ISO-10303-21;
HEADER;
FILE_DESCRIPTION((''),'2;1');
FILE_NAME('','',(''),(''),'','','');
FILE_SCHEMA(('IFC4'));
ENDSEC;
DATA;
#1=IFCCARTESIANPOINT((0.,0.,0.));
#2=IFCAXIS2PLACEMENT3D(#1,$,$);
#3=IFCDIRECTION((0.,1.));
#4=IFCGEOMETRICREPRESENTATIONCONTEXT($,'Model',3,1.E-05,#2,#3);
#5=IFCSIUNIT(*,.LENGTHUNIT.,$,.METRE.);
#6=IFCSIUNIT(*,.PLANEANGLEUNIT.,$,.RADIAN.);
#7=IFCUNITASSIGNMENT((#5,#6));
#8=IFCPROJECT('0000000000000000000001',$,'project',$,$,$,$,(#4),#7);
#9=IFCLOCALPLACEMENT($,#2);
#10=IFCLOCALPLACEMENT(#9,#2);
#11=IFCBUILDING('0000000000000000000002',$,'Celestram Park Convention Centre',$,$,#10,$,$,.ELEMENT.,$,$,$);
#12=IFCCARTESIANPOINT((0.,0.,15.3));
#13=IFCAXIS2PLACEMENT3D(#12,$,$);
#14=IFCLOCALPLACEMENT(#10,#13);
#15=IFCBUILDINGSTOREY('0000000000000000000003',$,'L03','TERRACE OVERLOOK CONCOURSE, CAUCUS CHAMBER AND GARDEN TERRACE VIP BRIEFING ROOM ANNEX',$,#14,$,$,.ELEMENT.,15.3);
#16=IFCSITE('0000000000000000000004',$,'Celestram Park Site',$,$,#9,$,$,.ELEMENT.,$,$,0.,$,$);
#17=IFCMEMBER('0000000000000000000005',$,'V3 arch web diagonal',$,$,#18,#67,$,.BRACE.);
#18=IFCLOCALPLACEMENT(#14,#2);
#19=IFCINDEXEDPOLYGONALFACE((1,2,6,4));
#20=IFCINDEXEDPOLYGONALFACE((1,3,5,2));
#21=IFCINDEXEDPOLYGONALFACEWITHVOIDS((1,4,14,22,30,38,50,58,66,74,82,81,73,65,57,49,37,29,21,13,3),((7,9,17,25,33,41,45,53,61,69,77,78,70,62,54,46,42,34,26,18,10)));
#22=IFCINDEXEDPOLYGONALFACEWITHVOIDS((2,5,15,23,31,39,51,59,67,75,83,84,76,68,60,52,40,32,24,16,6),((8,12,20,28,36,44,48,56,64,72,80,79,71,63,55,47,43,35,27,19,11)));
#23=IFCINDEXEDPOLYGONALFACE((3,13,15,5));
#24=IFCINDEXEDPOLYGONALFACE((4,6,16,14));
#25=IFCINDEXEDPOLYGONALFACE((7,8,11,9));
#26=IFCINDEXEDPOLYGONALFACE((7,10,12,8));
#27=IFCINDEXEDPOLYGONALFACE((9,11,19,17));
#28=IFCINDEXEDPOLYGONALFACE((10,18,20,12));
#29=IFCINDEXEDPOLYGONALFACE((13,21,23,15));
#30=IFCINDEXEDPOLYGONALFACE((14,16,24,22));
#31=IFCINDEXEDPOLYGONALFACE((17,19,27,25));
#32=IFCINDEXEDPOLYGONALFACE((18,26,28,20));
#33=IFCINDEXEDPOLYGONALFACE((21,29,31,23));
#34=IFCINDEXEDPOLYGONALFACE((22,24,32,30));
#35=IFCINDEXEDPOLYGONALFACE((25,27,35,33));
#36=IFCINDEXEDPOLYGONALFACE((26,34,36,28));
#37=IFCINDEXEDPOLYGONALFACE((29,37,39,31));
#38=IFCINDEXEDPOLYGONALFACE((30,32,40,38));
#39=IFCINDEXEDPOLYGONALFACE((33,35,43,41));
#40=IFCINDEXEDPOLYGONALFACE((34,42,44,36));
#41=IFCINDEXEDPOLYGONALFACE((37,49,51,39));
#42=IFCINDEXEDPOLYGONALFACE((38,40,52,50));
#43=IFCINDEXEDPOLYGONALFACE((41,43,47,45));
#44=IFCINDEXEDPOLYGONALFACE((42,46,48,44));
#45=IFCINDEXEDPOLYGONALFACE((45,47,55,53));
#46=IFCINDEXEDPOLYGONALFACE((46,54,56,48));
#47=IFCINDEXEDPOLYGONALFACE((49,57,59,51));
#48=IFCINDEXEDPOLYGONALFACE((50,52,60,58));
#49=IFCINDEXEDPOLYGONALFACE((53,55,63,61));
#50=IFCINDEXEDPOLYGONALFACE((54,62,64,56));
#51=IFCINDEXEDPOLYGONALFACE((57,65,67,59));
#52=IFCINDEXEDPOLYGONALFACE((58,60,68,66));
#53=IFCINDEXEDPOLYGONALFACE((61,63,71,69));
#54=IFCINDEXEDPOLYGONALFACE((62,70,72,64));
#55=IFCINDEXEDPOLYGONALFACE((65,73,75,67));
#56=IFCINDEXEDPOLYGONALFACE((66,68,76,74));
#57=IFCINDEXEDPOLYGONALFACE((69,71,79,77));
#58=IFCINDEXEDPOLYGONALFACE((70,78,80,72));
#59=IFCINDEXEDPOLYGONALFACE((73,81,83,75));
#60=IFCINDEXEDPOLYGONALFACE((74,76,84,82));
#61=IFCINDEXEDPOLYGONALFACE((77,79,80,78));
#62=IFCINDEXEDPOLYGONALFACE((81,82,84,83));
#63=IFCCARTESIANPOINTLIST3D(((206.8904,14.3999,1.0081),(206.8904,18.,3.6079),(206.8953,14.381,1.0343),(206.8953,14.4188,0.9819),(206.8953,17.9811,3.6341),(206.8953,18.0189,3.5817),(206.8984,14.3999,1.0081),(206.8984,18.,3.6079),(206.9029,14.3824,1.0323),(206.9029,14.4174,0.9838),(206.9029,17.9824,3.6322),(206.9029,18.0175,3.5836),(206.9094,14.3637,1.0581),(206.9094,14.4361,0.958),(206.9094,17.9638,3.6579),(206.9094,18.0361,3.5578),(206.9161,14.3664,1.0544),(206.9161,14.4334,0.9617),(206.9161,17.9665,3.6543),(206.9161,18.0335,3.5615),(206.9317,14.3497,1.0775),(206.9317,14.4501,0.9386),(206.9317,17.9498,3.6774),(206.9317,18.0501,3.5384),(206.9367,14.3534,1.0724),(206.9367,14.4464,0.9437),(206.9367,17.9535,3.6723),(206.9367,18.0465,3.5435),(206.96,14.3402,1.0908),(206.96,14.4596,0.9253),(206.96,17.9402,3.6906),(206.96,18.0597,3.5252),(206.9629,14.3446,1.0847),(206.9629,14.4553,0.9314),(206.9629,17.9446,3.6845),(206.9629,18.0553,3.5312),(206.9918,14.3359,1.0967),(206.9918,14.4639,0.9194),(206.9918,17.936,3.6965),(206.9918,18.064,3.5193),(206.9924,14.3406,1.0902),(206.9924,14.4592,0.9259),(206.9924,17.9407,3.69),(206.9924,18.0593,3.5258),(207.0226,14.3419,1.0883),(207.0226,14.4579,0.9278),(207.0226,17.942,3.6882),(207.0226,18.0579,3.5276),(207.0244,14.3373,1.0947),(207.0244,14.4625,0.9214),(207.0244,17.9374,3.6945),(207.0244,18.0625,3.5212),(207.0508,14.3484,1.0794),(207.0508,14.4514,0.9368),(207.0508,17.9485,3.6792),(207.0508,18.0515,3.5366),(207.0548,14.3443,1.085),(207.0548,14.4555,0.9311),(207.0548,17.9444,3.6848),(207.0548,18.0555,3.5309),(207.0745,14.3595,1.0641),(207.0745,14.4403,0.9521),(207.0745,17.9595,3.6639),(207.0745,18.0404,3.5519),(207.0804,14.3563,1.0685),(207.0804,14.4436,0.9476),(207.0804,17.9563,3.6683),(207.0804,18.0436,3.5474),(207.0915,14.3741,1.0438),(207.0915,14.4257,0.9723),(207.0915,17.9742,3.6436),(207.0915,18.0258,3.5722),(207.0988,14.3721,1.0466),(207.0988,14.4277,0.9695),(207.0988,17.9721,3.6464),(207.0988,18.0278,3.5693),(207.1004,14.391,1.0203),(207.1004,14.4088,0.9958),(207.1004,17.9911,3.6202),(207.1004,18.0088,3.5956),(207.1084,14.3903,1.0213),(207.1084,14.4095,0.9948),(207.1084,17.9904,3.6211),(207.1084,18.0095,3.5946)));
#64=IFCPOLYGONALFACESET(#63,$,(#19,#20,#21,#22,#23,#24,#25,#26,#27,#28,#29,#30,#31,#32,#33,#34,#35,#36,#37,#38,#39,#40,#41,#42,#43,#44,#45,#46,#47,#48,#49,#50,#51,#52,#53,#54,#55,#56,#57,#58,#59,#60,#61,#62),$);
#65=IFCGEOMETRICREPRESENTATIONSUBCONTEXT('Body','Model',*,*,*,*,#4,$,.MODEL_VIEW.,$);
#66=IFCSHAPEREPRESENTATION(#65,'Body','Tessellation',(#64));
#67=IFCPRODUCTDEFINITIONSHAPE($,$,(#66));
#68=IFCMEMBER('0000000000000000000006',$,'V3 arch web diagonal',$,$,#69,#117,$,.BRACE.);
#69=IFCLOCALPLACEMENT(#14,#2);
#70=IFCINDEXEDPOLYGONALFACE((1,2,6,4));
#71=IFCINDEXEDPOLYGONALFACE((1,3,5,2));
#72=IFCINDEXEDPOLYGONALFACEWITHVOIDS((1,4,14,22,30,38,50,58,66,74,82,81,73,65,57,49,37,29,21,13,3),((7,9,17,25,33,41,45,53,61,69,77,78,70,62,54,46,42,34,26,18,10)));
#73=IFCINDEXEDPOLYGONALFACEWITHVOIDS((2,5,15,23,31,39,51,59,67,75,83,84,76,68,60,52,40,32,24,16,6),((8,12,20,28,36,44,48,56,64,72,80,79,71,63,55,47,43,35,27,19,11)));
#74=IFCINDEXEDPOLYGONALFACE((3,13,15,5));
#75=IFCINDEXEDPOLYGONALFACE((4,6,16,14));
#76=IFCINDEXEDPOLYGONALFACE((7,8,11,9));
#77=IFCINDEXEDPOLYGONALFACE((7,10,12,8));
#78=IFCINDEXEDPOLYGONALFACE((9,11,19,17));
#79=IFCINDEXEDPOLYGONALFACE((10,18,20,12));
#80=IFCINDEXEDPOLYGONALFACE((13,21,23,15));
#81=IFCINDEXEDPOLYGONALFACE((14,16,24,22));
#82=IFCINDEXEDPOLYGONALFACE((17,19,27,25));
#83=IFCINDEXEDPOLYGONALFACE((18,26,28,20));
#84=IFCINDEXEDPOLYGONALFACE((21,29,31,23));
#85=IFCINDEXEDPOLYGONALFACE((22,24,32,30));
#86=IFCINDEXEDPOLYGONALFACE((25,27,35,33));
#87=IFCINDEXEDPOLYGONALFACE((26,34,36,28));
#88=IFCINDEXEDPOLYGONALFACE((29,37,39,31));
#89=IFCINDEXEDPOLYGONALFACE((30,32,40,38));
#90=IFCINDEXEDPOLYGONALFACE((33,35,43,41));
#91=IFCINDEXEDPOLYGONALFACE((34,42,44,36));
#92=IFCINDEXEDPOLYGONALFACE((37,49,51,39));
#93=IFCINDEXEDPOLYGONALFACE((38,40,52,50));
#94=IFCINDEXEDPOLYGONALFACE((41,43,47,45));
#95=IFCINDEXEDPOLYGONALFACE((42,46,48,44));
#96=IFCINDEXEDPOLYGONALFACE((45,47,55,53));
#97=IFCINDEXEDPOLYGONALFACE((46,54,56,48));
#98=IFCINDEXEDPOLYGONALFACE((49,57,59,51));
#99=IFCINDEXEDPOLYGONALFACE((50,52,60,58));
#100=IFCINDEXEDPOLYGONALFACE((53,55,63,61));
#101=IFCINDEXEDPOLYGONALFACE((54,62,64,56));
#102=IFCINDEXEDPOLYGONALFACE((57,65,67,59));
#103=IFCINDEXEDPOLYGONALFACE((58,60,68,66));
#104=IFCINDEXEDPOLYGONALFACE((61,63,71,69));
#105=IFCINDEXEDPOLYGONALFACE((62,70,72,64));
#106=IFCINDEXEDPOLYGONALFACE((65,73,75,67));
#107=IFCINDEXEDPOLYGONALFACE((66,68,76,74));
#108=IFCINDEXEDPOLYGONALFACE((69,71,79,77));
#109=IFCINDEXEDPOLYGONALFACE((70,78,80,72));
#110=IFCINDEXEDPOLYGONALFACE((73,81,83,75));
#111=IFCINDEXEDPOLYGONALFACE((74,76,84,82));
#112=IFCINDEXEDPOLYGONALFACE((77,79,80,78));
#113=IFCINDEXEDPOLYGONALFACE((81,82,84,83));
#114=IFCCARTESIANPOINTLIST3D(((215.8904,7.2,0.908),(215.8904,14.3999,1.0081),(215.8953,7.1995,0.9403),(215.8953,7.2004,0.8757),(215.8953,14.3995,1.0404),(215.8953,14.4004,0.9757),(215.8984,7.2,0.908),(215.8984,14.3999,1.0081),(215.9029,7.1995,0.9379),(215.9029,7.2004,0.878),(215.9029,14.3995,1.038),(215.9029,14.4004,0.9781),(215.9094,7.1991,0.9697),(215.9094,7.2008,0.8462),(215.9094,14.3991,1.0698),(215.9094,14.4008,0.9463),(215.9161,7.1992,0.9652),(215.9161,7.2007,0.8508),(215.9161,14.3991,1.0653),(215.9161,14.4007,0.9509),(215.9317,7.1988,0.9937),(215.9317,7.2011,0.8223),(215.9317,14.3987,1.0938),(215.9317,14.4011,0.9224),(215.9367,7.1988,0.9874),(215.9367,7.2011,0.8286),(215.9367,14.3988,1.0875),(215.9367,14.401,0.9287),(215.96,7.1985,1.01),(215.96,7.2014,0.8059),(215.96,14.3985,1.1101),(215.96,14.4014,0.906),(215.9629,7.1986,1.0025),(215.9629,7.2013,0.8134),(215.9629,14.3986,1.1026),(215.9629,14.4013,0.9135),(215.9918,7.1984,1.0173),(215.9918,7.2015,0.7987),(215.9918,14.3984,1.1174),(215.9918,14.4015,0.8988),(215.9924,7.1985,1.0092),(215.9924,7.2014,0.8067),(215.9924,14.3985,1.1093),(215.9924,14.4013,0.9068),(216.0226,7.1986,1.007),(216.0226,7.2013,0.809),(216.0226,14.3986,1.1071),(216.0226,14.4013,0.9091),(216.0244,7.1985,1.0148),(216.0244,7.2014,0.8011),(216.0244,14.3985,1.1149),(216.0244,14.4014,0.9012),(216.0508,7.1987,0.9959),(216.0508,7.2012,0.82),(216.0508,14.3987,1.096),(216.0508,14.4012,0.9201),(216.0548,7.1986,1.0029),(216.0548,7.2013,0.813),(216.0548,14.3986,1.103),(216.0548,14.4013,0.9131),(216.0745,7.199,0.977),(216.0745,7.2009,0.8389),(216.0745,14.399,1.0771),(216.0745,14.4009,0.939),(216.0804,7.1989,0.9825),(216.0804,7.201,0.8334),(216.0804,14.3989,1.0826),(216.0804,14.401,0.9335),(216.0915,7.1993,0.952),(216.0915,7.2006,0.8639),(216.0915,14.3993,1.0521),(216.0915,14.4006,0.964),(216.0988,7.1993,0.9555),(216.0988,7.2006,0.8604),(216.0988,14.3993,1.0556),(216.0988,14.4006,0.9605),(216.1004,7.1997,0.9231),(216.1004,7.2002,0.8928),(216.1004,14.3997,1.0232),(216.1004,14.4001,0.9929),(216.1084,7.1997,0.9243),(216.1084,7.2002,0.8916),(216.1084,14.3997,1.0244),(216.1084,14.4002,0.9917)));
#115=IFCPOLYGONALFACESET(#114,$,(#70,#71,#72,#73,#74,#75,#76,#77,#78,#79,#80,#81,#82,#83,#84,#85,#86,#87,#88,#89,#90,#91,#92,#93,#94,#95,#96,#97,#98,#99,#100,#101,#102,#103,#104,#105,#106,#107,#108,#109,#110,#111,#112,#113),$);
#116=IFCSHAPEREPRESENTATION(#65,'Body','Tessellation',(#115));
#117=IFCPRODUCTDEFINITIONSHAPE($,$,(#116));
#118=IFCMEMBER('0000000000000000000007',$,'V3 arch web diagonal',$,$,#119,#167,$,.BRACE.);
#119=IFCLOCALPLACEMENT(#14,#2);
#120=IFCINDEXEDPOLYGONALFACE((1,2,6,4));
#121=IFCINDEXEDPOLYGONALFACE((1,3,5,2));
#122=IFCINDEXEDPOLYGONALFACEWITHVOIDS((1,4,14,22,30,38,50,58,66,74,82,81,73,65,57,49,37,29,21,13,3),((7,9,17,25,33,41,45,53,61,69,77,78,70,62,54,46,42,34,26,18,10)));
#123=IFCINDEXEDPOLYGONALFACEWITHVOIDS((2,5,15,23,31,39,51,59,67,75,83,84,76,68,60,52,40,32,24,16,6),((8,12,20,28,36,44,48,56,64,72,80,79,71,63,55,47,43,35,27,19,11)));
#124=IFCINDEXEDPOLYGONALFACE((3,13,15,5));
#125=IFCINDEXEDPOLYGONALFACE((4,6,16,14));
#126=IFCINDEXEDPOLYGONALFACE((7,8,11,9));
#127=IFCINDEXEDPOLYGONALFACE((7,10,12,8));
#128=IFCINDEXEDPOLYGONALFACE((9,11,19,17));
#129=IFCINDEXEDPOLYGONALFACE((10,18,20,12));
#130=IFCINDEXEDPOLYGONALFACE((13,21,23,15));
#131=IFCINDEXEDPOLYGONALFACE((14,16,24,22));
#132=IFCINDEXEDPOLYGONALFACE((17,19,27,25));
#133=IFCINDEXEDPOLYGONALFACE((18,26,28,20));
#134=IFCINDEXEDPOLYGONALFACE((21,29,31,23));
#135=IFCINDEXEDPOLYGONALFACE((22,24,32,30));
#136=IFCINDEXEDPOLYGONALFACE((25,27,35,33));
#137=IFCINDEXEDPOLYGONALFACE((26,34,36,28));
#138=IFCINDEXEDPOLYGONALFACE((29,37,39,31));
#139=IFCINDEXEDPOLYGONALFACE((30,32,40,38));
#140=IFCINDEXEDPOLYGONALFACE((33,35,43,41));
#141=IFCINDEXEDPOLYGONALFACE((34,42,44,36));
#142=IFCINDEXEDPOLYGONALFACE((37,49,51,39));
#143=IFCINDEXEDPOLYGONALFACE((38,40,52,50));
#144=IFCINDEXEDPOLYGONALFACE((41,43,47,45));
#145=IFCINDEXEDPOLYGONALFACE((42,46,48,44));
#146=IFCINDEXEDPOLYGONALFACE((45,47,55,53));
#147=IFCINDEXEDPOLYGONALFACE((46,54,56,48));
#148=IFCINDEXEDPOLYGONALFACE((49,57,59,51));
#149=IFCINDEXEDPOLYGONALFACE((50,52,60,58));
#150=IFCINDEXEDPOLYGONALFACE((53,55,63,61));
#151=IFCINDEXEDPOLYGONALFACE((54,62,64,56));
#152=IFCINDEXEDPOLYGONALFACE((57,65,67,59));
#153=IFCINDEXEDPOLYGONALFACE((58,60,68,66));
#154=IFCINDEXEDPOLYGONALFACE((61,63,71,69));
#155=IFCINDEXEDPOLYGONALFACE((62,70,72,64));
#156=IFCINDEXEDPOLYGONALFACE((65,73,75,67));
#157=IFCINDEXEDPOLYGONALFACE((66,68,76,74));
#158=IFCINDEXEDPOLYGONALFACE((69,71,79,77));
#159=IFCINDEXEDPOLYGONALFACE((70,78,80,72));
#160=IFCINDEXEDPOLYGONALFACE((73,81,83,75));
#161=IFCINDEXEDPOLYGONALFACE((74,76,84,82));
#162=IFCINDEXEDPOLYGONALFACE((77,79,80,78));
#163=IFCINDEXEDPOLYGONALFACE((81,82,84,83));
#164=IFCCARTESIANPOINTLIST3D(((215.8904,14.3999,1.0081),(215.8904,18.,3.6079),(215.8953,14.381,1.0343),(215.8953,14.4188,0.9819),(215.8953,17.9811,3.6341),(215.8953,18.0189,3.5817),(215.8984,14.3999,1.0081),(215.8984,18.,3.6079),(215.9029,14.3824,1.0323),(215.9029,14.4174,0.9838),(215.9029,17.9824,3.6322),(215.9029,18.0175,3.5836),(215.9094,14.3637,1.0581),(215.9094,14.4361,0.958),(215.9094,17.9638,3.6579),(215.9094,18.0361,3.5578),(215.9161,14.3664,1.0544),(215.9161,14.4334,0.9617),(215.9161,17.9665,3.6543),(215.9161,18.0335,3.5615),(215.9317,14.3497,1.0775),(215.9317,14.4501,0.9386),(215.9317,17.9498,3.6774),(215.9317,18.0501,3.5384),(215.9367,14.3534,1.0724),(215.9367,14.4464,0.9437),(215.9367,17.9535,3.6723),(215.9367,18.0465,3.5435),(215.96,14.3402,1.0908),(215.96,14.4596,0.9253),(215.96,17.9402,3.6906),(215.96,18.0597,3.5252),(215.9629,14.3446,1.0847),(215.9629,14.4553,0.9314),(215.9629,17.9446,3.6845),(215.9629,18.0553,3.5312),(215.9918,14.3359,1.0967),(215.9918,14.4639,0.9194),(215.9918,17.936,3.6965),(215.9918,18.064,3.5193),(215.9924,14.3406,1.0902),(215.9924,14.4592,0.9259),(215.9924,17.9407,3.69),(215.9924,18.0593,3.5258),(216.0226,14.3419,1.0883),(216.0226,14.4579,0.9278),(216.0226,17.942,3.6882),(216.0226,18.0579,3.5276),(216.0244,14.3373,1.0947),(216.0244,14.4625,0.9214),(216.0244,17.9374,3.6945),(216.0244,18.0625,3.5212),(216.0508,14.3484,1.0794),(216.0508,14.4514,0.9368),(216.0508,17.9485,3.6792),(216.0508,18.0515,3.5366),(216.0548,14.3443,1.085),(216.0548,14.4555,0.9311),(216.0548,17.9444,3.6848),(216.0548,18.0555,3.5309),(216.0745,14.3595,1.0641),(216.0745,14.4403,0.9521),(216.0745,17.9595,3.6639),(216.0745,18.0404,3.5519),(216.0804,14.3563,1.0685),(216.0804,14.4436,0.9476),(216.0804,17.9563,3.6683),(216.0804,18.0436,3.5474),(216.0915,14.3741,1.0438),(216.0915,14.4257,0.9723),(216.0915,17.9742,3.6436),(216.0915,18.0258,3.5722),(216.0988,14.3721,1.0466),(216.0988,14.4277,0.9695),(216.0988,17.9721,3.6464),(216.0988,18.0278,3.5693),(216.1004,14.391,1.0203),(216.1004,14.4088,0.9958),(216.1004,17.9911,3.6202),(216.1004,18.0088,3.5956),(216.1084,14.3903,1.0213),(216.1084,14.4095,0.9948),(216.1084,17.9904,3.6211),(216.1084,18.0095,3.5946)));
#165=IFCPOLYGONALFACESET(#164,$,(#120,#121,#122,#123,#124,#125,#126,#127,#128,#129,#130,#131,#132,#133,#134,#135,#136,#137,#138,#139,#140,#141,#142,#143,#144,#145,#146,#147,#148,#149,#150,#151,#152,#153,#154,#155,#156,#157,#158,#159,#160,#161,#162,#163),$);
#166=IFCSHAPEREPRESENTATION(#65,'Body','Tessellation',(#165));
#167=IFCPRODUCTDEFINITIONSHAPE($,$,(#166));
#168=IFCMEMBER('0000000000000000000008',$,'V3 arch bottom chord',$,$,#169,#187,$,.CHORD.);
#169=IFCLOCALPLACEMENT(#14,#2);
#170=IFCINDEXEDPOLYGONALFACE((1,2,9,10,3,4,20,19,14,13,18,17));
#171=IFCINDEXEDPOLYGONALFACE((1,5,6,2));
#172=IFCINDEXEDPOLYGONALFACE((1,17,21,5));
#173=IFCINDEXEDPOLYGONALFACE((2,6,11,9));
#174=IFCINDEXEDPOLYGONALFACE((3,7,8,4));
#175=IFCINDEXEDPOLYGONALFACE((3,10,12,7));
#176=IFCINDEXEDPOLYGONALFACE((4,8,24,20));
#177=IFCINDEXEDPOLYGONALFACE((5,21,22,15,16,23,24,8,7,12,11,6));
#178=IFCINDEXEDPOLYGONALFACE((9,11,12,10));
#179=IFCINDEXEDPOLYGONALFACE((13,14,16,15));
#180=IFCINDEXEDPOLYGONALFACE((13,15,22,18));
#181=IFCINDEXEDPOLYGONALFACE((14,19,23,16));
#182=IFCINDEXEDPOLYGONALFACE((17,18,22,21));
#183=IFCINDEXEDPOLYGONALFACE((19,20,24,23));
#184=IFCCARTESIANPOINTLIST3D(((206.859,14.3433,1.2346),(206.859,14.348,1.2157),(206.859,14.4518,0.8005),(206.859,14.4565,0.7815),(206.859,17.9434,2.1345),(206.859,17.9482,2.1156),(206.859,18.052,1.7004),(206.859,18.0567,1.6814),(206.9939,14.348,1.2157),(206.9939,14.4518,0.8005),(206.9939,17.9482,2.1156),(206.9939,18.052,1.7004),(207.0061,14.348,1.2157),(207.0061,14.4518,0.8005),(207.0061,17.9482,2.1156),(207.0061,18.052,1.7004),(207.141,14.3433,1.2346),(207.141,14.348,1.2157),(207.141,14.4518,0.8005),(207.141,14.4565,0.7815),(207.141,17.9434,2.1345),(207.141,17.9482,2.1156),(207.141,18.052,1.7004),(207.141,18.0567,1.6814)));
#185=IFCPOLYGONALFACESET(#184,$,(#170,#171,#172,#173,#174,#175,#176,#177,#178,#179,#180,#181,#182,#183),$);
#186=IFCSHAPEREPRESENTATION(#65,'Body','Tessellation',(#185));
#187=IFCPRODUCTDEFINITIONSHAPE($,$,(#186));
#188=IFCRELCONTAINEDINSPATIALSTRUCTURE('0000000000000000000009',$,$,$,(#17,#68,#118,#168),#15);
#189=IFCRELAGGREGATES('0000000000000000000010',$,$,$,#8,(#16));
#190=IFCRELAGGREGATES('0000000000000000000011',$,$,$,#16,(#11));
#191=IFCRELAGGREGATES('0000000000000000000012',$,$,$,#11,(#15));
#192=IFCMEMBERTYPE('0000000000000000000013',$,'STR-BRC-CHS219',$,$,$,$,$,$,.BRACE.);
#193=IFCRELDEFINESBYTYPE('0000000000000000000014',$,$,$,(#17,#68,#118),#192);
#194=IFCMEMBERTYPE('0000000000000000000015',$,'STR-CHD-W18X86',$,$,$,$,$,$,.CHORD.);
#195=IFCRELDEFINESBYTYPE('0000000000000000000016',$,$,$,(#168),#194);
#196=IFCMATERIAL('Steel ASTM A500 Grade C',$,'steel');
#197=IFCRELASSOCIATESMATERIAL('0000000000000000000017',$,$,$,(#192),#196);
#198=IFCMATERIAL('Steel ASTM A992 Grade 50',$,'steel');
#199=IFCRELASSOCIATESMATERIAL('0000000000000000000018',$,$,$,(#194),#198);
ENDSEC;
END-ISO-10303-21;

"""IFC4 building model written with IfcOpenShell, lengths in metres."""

from ifc_helpers import new_model, si_unit, direction, frame, origin, origin_2d, place, context, subcontext, project, spatial, hollow_circle, i_section, extrude, material, material_profile, profile_set, type_object, element, save


model = new_model("IFC4")

# Units and contexts
model_context = context("Model", 3, precision=1e-05, world=origin(), true_north=direction((0.0, 1.0)))
body_context = subcontext(model_context, "Body", "Model", "MODEL_VIEW")
ifc_project = project(units=[si_unit("LENGTHUNIT", "METRE"), si_unit("PLANEANGLEUNIT", "RADIAN")], contexts=[model_context])

# Site, building, storey
site_placement = place(None, origin())
site = spatial("IfcSite", under=ifc_project, at=site_placement, Name="Celestram Park Site", CompositionType="ELEMENT", RefElevation=0.0)
building_placement = place(site_placement, origin())
building = spatial("IfcBuilding", under=site, at=building_placement, Name="Celestram Park Convention Centre", CompositionType="ELEMENT")
storey_placement = place(building_placement, frame((0.0, 0.0, 15.3)))
storey = spatial("IfcBuildingStorey", under=building, at=storey_placement, Name="L03", Description="TERRACE OVERLOOK CONCOURSE, CAUCUS CHAMBER AND GARDEN TERRACE VIP BRIEFING ROOM ANNEX", CompositionType="ELEMENT", Elevation=15.3)

# Members
ifc_material_1 = material(Name="Steel ASTM A500 Grade C", Category="steel")
ifc_material_profile_1 = material_profile(ifc_material_1, hollow_circle(Radius=0.1096, WallThickness=0.0081, at=origin_2d()), Name="CHS219X8")
ifc_profile_set_1 = profile_set([ifc_material_profile_1], Name="Steel ASTM A500 Grade C")
member_type_1 = type_object("IfcMemberType", Name="STR-BRC-CHS219", PredefinedType="BRACE", material=ifc_profile_set_1)
member_1_placement = place(storey_placement, frame((207.0, 14.3999, 1.0081), z_axis=(0.0, 0.810702, 0.585458), x_axis=(-1.0, 0.0, 0.0)))
element("IfcMember", 1, at=member_1_placement, inside=storey, type_object=member_type_1, Name="V3 arch web diagonal", PredefinedType="BRACE", context=body_context, shape_type="SweptSolid", body=[
    extrude(hollow_circle(Radius=0.1096, WallThickness=0.0081, at=origin_2d()), origin(), (0.0, 0.0, 1.0), 4.4407),
])
member_2_placement = place(storey_placement, frame((216.0, 7.2, 0.908), z_axis=(0.0, 0.999903, 0.013901), x_axis=(-1.0, 0.0, 0.0)))
element("IfcMember", 2, at=member_2_placement, inside=storey, type_object=member_type_1, Name="V3 arch web diagonal", PredefinedType="BRACE", context=body_context, shape_type="SweptSolid", body=[
    extrude(hollow_circle(Radius=0.1096, WallThickness=0.0081, at=origin_2d()), origin(), (0.0, 0.0, 1.0), 7.2007),
])
member_3_placement = place(storey_placement, frame((216.0, 14.3999, 1.0081), z_axis=(0.0, 0.810702, 0.585458), x_axis=(-1.0, 0.0, 0.0)))
element("IfcMember", 3, at=member_3_placement, inside=storey, type_object=member_type_1, Name="V3 arch web diagonal", PredefinedType="BRACE", context=body_context, shape_type="SweptSolid", body=[
    extrude(hollow_circle(Radius=0.1096, WallThickness=0.0081, at=origin_2d()), origin(), (0.0, 0.0, 1.0), 4.4407),
])
ifc_material_2 = material(Name="Steel ASTM A992 Grade 50", Category="steel")
ifc_material_profile_2 = material_profile(ifc_material_2, i_section(OverallWidth=0.282, OverallDepth=0.467, WebThickness=0.0122, FlangeThickness=0.0195, at=origin_2d()), Name="W18X86")
ifc_profile_set_2 = profile_set([ifc_material_profile_2], Name="Steel ASTM A992 Grade 50")
member_type_2 = type_object("IfcMemberType", Name="STR-CHD-W18X86", PredefinedType="CHORD", material=ifc_profile_set_2)
for number, where, z_axis, x_axis, name in (
    (4, (207.0, 14.3999, 1.0081), (0.0, 0.97015, 0.242505), (-1.0, 0.0, 0.0), "V3 arch bottom chord"),
):
    element("IfcMember", number, at=place(storey_placement, frame(where, z_axis=z_axis, x_axis=x_axis)), inside=storey, type_object=member_type_2, Name=name, PredefinedType="CHORD", context=body_context, shape_type="SweptSolid", body=[
        extrude(i_section(OverallWidth=0.282, OverallDepth=0.467, WebThickness=0.0122, FlangeThickness=0.0195, at=origin_2d()), origin(), (0.0, 0.0, 1.0), 3.7109),
    ])

save(model, "model.ifc")
